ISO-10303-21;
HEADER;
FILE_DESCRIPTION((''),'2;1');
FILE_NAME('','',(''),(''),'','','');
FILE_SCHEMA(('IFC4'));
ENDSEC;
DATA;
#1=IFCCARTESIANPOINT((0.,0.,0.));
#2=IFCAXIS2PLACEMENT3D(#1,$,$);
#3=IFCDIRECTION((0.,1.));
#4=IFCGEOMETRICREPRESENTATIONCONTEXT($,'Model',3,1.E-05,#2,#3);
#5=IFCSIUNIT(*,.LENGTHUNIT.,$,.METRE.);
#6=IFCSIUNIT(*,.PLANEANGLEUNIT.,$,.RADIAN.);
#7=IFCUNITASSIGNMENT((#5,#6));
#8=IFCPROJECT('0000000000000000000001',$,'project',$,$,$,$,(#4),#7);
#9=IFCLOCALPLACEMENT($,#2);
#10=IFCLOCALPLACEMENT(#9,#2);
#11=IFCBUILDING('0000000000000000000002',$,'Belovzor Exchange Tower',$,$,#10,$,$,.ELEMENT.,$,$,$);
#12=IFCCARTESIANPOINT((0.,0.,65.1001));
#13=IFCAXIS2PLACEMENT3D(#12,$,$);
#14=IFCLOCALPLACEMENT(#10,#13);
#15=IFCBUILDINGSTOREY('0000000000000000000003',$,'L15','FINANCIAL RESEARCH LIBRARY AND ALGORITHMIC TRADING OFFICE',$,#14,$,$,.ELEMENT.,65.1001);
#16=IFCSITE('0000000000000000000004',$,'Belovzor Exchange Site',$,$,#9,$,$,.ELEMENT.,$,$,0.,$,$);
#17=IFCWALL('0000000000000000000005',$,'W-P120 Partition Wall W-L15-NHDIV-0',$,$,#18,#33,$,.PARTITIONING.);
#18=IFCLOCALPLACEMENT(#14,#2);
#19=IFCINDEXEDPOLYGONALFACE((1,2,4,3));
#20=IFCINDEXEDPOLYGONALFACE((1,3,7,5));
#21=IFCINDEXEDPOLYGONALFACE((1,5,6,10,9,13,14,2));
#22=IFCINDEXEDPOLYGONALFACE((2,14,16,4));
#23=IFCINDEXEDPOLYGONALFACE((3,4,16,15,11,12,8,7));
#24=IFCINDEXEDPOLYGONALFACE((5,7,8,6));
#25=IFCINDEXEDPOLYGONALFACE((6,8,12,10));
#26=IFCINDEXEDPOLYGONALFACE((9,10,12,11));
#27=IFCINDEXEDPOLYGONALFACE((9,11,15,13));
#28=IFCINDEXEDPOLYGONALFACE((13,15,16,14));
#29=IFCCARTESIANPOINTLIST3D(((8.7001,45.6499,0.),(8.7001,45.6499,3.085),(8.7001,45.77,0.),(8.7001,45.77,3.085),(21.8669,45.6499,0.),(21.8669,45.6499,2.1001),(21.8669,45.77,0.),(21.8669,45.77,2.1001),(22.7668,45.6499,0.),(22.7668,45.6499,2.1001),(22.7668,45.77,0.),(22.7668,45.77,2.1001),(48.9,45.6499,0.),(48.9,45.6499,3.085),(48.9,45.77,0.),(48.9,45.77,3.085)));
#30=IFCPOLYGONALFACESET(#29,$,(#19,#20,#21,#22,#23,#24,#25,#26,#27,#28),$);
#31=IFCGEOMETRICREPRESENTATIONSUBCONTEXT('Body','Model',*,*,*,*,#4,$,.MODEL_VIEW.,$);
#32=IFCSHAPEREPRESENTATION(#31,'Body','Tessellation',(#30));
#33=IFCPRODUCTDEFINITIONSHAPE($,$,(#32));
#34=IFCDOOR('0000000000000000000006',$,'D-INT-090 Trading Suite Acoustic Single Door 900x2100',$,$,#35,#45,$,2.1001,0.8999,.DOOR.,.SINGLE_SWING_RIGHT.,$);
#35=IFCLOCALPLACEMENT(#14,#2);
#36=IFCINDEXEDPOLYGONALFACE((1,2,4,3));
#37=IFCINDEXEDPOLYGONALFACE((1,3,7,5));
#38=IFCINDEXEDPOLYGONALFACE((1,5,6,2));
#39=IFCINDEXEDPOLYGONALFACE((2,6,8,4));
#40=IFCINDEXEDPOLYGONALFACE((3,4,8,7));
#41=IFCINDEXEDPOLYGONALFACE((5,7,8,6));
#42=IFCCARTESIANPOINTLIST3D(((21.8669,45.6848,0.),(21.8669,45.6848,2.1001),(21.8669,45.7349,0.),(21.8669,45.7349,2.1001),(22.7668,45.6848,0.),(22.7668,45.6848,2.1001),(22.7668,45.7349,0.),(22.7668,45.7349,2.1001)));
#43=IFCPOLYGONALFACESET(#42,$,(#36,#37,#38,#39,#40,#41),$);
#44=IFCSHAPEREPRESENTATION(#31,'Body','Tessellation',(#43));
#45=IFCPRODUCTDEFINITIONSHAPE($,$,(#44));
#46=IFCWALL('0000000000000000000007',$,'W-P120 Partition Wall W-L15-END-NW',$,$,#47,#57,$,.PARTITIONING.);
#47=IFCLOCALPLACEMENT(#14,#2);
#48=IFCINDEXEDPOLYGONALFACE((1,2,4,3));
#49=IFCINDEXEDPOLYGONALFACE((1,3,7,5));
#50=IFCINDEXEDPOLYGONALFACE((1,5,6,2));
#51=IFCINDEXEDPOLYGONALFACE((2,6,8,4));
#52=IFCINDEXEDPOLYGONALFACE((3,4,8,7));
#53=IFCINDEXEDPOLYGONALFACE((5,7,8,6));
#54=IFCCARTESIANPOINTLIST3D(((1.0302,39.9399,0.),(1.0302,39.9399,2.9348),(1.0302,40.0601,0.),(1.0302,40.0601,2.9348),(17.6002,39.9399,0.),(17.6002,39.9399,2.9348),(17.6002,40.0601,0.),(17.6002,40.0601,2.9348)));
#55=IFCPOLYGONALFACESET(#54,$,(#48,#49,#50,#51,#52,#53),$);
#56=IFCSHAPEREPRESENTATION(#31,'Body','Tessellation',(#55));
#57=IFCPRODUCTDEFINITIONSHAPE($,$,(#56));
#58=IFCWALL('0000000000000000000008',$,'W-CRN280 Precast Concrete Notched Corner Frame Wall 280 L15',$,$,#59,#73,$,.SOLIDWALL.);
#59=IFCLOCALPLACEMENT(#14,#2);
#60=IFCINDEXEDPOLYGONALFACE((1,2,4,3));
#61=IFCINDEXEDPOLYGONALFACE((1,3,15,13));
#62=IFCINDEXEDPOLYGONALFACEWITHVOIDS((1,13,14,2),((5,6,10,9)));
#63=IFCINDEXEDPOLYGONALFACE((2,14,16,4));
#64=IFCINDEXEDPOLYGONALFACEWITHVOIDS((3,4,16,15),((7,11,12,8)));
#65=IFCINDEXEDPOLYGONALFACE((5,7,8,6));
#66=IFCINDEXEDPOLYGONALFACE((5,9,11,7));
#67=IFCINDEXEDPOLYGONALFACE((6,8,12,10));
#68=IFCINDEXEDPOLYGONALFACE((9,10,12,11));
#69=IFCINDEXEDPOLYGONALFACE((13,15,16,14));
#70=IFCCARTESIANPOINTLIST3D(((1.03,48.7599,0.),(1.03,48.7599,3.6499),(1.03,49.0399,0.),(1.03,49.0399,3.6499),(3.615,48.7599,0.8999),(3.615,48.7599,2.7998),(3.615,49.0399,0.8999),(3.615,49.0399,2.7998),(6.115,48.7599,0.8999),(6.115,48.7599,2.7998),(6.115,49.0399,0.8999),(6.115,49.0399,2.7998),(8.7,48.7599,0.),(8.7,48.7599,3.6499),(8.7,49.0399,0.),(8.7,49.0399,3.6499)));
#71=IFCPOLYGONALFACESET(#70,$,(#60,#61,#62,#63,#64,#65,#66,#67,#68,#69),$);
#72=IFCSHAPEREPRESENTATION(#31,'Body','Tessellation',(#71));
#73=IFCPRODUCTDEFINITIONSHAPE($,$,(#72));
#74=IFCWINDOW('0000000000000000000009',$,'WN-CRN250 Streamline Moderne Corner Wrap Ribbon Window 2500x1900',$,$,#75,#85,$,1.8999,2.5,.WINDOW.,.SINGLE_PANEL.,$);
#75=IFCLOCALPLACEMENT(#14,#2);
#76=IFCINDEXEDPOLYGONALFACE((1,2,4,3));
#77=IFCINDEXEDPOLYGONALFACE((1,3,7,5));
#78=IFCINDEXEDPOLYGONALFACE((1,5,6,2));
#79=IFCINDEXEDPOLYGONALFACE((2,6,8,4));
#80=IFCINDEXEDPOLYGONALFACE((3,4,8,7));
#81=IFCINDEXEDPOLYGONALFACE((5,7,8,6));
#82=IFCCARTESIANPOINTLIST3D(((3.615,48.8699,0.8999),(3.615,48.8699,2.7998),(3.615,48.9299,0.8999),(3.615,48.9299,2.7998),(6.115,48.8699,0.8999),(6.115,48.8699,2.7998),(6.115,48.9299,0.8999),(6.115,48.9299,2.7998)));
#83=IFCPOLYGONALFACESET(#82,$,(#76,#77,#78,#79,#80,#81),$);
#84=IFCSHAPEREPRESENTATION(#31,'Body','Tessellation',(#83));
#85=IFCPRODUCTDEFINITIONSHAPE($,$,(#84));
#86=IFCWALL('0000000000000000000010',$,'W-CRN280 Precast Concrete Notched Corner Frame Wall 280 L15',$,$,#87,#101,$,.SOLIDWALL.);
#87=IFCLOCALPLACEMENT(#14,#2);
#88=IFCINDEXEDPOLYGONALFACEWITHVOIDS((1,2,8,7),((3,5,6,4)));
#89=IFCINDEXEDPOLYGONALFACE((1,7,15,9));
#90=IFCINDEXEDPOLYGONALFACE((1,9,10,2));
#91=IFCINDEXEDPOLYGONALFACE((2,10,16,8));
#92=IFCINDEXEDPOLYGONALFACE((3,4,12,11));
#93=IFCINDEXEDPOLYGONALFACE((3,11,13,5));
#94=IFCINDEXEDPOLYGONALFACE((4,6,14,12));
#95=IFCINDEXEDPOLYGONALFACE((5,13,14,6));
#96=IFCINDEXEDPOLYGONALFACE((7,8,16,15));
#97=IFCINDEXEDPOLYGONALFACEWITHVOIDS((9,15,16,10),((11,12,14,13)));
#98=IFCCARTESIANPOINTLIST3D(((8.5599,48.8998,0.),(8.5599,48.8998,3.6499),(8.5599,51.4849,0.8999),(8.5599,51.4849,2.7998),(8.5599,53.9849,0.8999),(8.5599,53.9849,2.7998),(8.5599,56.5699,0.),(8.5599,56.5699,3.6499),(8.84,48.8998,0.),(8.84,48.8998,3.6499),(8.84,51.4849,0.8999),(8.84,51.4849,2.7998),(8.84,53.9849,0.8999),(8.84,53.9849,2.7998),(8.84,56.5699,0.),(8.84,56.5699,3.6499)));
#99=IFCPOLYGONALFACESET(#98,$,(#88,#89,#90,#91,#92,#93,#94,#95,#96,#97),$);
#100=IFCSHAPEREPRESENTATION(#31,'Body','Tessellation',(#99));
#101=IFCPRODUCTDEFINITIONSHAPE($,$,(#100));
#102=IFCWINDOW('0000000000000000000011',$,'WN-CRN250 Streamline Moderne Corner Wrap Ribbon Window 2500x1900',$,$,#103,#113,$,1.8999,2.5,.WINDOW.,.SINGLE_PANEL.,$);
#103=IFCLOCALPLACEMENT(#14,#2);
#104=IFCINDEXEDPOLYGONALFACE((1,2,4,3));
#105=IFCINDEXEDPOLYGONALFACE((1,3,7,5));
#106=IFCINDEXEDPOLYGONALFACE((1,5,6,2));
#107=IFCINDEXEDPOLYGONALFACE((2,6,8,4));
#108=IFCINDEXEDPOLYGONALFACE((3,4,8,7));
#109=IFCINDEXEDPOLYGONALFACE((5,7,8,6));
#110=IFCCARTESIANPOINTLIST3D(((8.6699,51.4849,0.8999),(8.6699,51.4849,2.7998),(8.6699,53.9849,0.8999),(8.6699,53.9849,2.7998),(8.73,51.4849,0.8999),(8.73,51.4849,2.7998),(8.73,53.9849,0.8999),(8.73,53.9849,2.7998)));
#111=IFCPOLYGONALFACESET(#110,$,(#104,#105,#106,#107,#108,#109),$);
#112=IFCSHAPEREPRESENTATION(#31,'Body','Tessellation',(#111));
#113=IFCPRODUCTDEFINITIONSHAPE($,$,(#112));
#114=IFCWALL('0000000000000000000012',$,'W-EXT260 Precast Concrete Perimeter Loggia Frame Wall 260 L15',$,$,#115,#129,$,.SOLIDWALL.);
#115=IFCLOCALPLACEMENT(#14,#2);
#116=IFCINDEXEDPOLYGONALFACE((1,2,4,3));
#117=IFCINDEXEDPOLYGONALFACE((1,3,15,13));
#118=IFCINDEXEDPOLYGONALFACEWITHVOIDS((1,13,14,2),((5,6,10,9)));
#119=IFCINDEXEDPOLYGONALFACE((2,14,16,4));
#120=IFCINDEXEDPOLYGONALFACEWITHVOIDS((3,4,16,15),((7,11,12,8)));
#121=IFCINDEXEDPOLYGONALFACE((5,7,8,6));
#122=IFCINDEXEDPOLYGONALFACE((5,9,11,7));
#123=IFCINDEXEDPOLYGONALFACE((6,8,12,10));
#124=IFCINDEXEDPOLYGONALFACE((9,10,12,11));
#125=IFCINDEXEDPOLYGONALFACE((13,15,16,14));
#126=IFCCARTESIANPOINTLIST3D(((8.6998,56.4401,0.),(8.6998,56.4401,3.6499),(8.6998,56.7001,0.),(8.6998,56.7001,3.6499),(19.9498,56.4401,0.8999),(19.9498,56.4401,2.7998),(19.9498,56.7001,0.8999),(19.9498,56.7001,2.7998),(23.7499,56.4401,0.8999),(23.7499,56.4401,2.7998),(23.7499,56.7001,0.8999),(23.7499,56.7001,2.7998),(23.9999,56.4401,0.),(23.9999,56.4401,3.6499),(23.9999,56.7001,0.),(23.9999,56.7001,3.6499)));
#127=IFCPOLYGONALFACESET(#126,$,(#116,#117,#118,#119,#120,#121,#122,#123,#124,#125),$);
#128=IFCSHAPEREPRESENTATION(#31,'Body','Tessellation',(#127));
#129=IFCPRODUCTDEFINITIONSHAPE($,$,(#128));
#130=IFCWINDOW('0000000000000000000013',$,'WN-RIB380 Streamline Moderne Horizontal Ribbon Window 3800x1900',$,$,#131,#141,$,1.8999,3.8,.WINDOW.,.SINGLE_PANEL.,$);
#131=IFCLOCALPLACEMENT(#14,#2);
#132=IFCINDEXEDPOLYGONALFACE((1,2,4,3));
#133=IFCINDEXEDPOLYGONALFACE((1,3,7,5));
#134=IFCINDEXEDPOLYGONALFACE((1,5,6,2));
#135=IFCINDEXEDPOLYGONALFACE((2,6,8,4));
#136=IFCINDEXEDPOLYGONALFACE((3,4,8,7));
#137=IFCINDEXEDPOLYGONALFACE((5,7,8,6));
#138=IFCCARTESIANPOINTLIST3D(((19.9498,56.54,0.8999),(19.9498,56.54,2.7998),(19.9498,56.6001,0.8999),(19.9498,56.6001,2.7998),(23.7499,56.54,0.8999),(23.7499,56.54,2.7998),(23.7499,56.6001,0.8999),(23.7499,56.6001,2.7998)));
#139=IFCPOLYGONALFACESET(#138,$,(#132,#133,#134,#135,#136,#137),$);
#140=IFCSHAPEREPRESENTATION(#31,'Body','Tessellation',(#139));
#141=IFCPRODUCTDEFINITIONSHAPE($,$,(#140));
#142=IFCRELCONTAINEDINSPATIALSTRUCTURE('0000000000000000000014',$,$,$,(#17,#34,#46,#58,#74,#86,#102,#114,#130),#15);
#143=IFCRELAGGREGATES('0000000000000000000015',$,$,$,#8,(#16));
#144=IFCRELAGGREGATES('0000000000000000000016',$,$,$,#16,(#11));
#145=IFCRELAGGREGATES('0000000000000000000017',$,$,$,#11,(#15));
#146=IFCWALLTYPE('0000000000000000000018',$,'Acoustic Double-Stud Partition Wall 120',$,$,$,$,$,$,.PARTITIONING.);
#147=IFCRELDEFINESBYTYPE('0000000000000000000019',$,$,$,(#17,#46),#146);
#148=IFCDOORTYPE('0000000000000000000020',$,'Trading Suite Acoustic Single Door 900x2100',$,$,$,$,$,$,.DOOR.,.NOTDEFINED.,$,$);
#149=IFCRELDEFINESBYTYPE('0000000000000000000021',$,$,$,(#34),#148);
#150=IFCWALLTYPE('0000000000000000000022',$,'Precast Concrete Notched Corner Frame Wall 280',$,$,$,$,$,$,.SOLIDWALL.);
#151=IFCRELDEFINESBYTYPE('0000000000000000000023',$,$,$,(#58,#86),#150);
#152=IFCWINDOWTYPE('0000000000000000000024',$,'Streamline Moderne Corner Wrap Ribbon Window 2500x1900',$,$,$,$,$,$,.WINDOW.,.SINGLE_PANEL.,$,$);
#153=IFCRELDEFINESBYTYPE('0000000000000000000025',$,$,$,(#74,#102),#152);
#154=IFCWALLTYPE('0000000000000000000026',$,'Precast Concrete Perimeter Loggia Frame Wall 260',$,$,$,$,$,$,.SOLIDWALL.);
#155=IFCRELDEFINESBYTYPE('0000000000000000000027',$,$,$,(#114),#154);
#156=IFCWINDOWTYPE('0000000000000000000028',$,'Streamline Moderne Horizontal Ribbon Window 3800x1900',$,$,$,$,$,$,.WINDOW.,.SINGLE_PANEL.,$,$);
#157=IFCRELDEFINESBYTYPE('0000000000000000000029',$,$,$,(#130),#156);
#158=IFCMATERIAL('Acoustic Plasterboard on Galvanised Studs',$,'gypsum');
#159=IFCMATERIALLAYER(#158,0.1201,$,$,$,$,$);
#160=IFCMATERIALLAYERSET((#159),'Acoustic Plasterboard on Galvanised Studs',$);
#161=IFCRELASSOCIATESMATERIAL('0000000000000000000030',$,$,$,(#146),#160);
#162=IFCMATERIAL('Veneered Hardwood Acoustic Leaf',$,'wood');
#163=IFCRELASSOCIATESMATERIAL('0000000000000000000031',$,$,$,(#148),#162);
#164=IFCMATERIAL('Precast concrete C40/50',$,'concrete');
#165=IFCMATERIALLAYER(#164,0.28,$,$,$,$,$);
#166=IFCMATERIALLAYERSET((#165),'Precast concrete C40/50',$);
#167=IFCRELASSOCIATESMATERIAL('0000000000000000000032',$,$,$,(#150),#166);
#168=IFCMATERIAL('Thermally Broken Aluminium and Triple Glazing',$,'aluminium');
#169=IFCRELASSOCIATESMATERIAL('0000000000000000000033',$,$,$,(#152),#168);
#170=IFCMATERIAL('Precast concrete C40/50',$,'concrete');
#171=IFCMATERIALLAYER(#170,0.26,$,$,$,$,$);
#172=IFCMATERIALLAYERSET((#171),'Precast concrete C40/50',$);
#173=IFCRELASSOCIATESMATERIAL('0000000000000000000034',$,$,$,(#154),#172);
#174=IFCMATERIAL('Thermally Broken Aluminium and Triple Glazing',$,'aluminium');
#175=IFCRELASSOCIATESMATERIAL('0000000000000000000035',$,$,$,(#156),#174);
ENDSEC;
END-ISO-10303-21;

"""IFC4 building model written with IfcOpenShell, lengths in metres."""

from ifc_helpers import new_model, si_unit, direction, frame, frame_2d, origin, place, context, subcontext, project, spatial, rectangle, extrude, material, layer, layer_set, type_object, element, fill, save


model = new_model("IFC4")

# Units and contexts
model_context = context("Model", 3, precision=1e-05, world=origin(), true_north=direction((0.0, 1.0)))
body_context = subcontext(model_context, "Body", "Model", "MODEL_VIEW")
ifc_project = project(units=[si_unit("LENGTHUNIT", "METRE"), si_unit("PLANEANGLEUNIT", "RADIAN")], contexts=[model_context])

# Site, building, storey
site_placement = place(None, origin())
site = spatial("IfcSite", under=ifc_project, at=site_placement, Name="Belovzor Exchange Site", CompositionType="ELEMENT", RefElevation=0.0)
building_placement = place(site_placement, origin())
building = spatial("IfcBuilding", under=site, at=building_placement, Name="Belovzor Exchange Tower", CompositionType="ELEMENT")
storey_placement = place(building_placement, frame((0.0, 0.0, 65.1001)))
storey = spatial("IfcBuildingStorey", under=building, at=storey_placement, Name="L15", Description="FINANCIAL RESEARCH LIBRARY AND ALGORITHMIC TRADING OFFICE", CompositionType="ELEMENT", Elevation=65.1001)

# Wall, opening, door
ifc_material_1 = material(Name="Acoustic Plasterboard on Galvanised Studs", Category="gypsum")
ifc_layer_1 = layer(ifc_material_1, 0.1201)
ifc_layer_set_1 = layer_set([ifc_layer_1], Name="Acoustic Plasterboard on Galvanised Studs")
wall_type_1 = type_object("IfcWallType", Name="Acoustic Double-Stud Partition Wall 120", PredefinedType="PARTITIONING", material=ifc_layer_set_1)
wall_1_placement = place(storey_placement, frame((8.7, 45.71, 0.0), z_axis=(0.0, 0.0, 1.0), x_axis=(1.0, 0.0, 0.0)))
wall_1 = element("IfcWall", 1, at=wall_1_placement, inside=storey, type_object=wall_type_1, Name="W-P120 Partition Wall W-L15-NHDIV-0", PredefinedType="PARTITIONING", context=body_context, shape_type="SweptSolid", body=[
    extrude(rectangle(XDim=40.2, YDim=0.1201, at=frame_2d((20.1001, 0.0))), origin(), (0.0, 0.0, 1.0), 3.085),
])
opening_1_placement = place(wall_1_placement, frame((13.167, 0.0, 0.0)))
opening_1 = element("IfcOpeningElement", 2, at=opening_1_placement, cuts=wall_1, PredefinedType="OPENING", context=body_context, shape_type="SweptSolid", body=[
    extrude(rectangle(XDim=0.8999, YDim=2.1001, at=frame_2d((0.45, 1.05))), frame((0.0, 0.0701, 0.0), z_axis=(0.0, -1.0, 0.0), x_axis=(1.0, 0.0, 0.0)), (0.0, 0.0, 1.0), 0.1401),
])
ifc_material_2 = material(Name="Veneered Hardwood Acoustic Leaf", Category="wood")
door_type = type_object("IfcDoorType", Name="Trading Suite Acoustic Single Door 900x2100", OperationType="NOTDEFINED", PredefinedType="DOOR", material=ifc_material_2)
door_placement = place(opening_1_placement, origin())
door = element("IfcDoor", 3, at=door_placement, inside=storey, type_object=door_type, Name="D-INT-090 Trading Suite Acoustic Single Door 900x2100", OperationType="SINGLE_SWING_RIGHT", OverallHeight=2.1001, OverallWidth=0.8999, PredefinedType="DOOR", context=body_context, shape_type="SweptSolid", body=[
    extrude(rectangle(XDim=0.8999, YDim=2.1001, at=frame_2d((0.45, 1.05))), frame((0.0, 0.0249, 0.0), z_axis=(0.0, -1.0, 0.0), x_axis=(1.0, 0.0, 0.0)), (0.0, 0.0, 1.0), 0.05),
])
fill(opening_1, door)

# Wall
wall_2_placement = place(storey_placement, frame((1.03, 40.0, 0.0), z_axis=(0.0, 0.0, 1.0), x_axis=(1.0, 0.0, 0.0)))
element("IfcWall", 4, at=wall_2_placement, inside=storey, type_object=wall_type_1, Name="W-P120 Partition Wall W-L15-END-NW", PredefinedType="PARTITIONING", context=body_context, shape_type="SweptSolid", body=[
    extrude(rectangle(XDim=16.5701, YDim=0.1201, at=frame_2d((8.2852, 0.0))), origin(), (0.0, 0.0, 1.0), 2.9348),
])

# Walls, openings, windows
ifc_material_3 = material(Name="Precast concrete C40/50", Category="concrete")
ifc_layer_2 = layer(ifc_material_3, 0.28)
ifc_layer_set_2 = layer_set([ifc_layer_2], Name="Precast concrete C40/50")
wall_type_2 = type_object("IfcWallType", Name="Precast Concrete Notched Corner Frame Wall 280", PredefinedType="SOLIDWALL", material=ifc_layer_set_2)
wall_3_placement = place(storey_placement, frame((1.03, 48.8999, 0.0), z_axis=(0.0, 0.0, 1.0), x_axis=(1.0, 0.0, 0.0)))
wall_3 = element("IfcWall", 5, at=wall_3_placement, inside=storey, type_object=wall_type_2, Name="W-CRN280 Precast Concrete Notched Corner Frame Wall 280 L15", PredefinedType="SOLIDWALL", context=body_context, shape_type="SweptSolid", body=[
    extrude(rectangle(XDim=7.6699, YDim=0.28, at=frame_2d((3.835, 0.0))), origin(), (0.0, 0.0, 1.0), 3.6499),
])
opening_2_placement = place(wall_3_placement, frame((2.585, 0.0, 0.8999)))
opening_2 = element("IfcOpeningElement", 6, at=opening_2_placement, cuts=wall_3, PredefinedType="OPENING", context=body_context, shape_type="SweptSolid", body=[
    extrude(rectangle(XDim=2.5, YDim=1.8999, at=frame_2d((1.25, 0.95))), frame((0.0, 0.1499, 0.0), z_axis=(0.0, -1.0, 0.0), x_axis=(1.0, 0.0, 0.0)), (0.0, 0.0, 1.0), 0.3),
])
ifc_material_4 = material(Name="Thermally Broken Aluminium and Triple Glazing", Category="aluminium")
window_type_1 = type_object("IfcWindowType", Name="Streamline Moderne Corner Wrap Ribbon Window 2500x1900", PartitioningType="SINGLE_PANEL", PredefinedType="WINDOW", material=ifc_material_4)
window_1_placement = place(opening_2_placement, origin())
window_1 = element("IfcWindow", 7, at=window_1_placement, inside=storey, type_object=window_type_1, Name="WN-CRN250 Streamline Moderne Corner Wrap Ribbon Window 2500x1900", OverallHeight=1.8999, OverallWidth=2.5, PartitioningType="SINGLE_PANEL", PredefinedType="WINDOW", context=body_context, shape_type="SweptSolid", body=[
    extrude(rectangle(XDim=2.5, YDim=1.8999, at=frame_2d((1.25, 0.95))), frame((0.0, 0.03, 0.0), z_axis=(0.0, -1.0, 0.0), x_axis=(1.0, 0.0, 0.0)), (0.0, 0.0, 1.0), 0.0601),
])
fill(opening_2, window_1)
wall_4_placement = place(storey_placement, frame((8.7, 48.8999, 0.0), z_axis=(0.0, 0.0, 1.0), x_axis=(0.0, 1.0, 0.0)))
wall_4 = element("IfcWall", 8, at=wall_4_placement, inside=storey, type_object=wall_type_2, Name="W-CRN280 Precast Concrete Notched Corner Frame Wall 280 L15", PredefinedType="SOLIDWALL", context=body_context, shape_type="SweptSolid", body=[
    extrude(rectangle(XDim=7.6702, YDim=0.28, at=frame_2d((3.835, 0.0))), origin(), (0.0, 0.0, 1.0), 3.6499),
])
opening_3_placement = place(wall_4_placement, frame((2.585, 0.0, 0.8999)))
opening_3 = element("IfcOpeningElement", 9, at=opening_3_placement, cuts=wall_4, PredefinedType="OPENING", context=body_context, shape_type="SweptSolid", body=[
    extrude(rectangle(XDim=2.5, YDim=1.8999, at=frame_2d((1.25, 0.95))), frame((0.0, 0.1499, 0.0), z_axis=(0.0, -1.0, 0.0), x_axis=(1.0, 0.0, 0.0)), (0.0, 0.0, 1.0), 0.3),
])
window_2_placement = place(opening_3_placement, origin())
window_2 = element("IfcWindow", 10, at=window_2_placement, inside=storey, type_object=window_type_1, Name="WN-CRN250 Streamline Moderne Corner Wrap Ribbon Window 2500x1900", OverallHeight=1.8999, OverallWidth=2.5, PartitioningType="SINGLE_PANEL", PredefinedType="WINDOW", context=body_context, shape_type="SweptSolid", body=[
    extrude(rectangle(XDim=2.5, YDim=1.8999, at=frame_2d((1.25, 0.95))), frame((0.0, 0.03, 0.0), z_axis=(0.0, -1.0, 0.0), x_axis=(1.0, 0.0, 0.0)), (0.0, 0.0, 1.0), 0.0601),
])
fill(opening_3, window_2)
ifc_material_5 = material(Name="Precast concrete C40/50", Category="concrete")
ifc_layer_3 = layer(ifc_material_5, 0.26)
ifc_layer_set_3 = layer_set([ifc_layer_3], Name="Precast concrete C40/50")
wall_type_3 = type_object("IfcWallType", Name="Precast Concrete Perimeter Loggia Frame Wall 260", PredefinedType="SOLIDWALL", material=ifc_layer_set_3)
wall_5_placement = place(storey_placement, frame((8.7, 56.5701, 0.0), z_axis=(0.0, 0.0, 1.0), x_axis=(1.0, 0.0, 0.0)))
wall_5 = element("IfcWall", 11, at=wall_5_placement, inside=storey, type_object=wall_type_3, Name="W-EXT260 Precast Concrete Perimeter Loggia Frame Wall 260 L15", PredefinedType="SOLIDWALL", context=body_context, shape_type="SweptSolid", body=[
    extrude(rectangle(XDim=15.3, YDim=0.26, at=frame_2d((7.6499, 0.0))), origin(), (0.0, 0.0, 1.0), 3.6499),
])
opening_4_placement = place(wall_5_placement, frame((11.25, 0.0, 0.8999)))
opening_4 = element("IfcOpeningElement", 12, at=opening_4_placement, cuts=wall_5, PredefinedType="OPENING", context=body_context, shape_type="SweptSolid", body=[
    extrude(rectangle(XDim=3.8, YDim=1.8999, at=frame_2d((1.8999, 0.95))), frame((0.0, 0.1399, 0.0), z_axis=(0.0, -1.0, 0.0), x_axis=(1.0, 0.0, 0.0)), (0.0, 0.0, 1.0), 0.28),
])
ifc_material_6 = material(Name="Thermally Broken Aluminium and Triple Glazing", Category="aluminium")
window_type_2 = type_object("IfcWindowType", Name="Streamline Moderne Horizontal Ribbon Window 3800x1900", PartitioningType="SINGLE_PANEL", PredefinedType="WINDOW", material=ifc_material_6)
window_3_placement = place(opening_4_placement, origin())
window_3 = element("IfcWindow", 13, at=window_3_placement, inside=storey, type_object=window_type_2, Name="WN-RIB380 Streamline Moderne Horizontal Ribbon Window 3800x1900", OverallHeight=1.8999, OverallWidth=3.8, PartitioningType="SINGLE_PANEL", PredefinedType="WINDOW", context=body_context, shape_type="SweptSolid", body=[
    extrude(rectangle(XDim=3.8, YDim=1.8999, at=frame_2d((1.8999, 0.95))), frame((0.0, 0.03, 0.0), z_axis=(0.0, -1.0, 0.0), x_axis=(1.0, 0.0, 0.0)), (0.0, 0.0, 1.0), 0.0601),
])
fill(opening_4, window_3)

save(model, "model.ifc")
